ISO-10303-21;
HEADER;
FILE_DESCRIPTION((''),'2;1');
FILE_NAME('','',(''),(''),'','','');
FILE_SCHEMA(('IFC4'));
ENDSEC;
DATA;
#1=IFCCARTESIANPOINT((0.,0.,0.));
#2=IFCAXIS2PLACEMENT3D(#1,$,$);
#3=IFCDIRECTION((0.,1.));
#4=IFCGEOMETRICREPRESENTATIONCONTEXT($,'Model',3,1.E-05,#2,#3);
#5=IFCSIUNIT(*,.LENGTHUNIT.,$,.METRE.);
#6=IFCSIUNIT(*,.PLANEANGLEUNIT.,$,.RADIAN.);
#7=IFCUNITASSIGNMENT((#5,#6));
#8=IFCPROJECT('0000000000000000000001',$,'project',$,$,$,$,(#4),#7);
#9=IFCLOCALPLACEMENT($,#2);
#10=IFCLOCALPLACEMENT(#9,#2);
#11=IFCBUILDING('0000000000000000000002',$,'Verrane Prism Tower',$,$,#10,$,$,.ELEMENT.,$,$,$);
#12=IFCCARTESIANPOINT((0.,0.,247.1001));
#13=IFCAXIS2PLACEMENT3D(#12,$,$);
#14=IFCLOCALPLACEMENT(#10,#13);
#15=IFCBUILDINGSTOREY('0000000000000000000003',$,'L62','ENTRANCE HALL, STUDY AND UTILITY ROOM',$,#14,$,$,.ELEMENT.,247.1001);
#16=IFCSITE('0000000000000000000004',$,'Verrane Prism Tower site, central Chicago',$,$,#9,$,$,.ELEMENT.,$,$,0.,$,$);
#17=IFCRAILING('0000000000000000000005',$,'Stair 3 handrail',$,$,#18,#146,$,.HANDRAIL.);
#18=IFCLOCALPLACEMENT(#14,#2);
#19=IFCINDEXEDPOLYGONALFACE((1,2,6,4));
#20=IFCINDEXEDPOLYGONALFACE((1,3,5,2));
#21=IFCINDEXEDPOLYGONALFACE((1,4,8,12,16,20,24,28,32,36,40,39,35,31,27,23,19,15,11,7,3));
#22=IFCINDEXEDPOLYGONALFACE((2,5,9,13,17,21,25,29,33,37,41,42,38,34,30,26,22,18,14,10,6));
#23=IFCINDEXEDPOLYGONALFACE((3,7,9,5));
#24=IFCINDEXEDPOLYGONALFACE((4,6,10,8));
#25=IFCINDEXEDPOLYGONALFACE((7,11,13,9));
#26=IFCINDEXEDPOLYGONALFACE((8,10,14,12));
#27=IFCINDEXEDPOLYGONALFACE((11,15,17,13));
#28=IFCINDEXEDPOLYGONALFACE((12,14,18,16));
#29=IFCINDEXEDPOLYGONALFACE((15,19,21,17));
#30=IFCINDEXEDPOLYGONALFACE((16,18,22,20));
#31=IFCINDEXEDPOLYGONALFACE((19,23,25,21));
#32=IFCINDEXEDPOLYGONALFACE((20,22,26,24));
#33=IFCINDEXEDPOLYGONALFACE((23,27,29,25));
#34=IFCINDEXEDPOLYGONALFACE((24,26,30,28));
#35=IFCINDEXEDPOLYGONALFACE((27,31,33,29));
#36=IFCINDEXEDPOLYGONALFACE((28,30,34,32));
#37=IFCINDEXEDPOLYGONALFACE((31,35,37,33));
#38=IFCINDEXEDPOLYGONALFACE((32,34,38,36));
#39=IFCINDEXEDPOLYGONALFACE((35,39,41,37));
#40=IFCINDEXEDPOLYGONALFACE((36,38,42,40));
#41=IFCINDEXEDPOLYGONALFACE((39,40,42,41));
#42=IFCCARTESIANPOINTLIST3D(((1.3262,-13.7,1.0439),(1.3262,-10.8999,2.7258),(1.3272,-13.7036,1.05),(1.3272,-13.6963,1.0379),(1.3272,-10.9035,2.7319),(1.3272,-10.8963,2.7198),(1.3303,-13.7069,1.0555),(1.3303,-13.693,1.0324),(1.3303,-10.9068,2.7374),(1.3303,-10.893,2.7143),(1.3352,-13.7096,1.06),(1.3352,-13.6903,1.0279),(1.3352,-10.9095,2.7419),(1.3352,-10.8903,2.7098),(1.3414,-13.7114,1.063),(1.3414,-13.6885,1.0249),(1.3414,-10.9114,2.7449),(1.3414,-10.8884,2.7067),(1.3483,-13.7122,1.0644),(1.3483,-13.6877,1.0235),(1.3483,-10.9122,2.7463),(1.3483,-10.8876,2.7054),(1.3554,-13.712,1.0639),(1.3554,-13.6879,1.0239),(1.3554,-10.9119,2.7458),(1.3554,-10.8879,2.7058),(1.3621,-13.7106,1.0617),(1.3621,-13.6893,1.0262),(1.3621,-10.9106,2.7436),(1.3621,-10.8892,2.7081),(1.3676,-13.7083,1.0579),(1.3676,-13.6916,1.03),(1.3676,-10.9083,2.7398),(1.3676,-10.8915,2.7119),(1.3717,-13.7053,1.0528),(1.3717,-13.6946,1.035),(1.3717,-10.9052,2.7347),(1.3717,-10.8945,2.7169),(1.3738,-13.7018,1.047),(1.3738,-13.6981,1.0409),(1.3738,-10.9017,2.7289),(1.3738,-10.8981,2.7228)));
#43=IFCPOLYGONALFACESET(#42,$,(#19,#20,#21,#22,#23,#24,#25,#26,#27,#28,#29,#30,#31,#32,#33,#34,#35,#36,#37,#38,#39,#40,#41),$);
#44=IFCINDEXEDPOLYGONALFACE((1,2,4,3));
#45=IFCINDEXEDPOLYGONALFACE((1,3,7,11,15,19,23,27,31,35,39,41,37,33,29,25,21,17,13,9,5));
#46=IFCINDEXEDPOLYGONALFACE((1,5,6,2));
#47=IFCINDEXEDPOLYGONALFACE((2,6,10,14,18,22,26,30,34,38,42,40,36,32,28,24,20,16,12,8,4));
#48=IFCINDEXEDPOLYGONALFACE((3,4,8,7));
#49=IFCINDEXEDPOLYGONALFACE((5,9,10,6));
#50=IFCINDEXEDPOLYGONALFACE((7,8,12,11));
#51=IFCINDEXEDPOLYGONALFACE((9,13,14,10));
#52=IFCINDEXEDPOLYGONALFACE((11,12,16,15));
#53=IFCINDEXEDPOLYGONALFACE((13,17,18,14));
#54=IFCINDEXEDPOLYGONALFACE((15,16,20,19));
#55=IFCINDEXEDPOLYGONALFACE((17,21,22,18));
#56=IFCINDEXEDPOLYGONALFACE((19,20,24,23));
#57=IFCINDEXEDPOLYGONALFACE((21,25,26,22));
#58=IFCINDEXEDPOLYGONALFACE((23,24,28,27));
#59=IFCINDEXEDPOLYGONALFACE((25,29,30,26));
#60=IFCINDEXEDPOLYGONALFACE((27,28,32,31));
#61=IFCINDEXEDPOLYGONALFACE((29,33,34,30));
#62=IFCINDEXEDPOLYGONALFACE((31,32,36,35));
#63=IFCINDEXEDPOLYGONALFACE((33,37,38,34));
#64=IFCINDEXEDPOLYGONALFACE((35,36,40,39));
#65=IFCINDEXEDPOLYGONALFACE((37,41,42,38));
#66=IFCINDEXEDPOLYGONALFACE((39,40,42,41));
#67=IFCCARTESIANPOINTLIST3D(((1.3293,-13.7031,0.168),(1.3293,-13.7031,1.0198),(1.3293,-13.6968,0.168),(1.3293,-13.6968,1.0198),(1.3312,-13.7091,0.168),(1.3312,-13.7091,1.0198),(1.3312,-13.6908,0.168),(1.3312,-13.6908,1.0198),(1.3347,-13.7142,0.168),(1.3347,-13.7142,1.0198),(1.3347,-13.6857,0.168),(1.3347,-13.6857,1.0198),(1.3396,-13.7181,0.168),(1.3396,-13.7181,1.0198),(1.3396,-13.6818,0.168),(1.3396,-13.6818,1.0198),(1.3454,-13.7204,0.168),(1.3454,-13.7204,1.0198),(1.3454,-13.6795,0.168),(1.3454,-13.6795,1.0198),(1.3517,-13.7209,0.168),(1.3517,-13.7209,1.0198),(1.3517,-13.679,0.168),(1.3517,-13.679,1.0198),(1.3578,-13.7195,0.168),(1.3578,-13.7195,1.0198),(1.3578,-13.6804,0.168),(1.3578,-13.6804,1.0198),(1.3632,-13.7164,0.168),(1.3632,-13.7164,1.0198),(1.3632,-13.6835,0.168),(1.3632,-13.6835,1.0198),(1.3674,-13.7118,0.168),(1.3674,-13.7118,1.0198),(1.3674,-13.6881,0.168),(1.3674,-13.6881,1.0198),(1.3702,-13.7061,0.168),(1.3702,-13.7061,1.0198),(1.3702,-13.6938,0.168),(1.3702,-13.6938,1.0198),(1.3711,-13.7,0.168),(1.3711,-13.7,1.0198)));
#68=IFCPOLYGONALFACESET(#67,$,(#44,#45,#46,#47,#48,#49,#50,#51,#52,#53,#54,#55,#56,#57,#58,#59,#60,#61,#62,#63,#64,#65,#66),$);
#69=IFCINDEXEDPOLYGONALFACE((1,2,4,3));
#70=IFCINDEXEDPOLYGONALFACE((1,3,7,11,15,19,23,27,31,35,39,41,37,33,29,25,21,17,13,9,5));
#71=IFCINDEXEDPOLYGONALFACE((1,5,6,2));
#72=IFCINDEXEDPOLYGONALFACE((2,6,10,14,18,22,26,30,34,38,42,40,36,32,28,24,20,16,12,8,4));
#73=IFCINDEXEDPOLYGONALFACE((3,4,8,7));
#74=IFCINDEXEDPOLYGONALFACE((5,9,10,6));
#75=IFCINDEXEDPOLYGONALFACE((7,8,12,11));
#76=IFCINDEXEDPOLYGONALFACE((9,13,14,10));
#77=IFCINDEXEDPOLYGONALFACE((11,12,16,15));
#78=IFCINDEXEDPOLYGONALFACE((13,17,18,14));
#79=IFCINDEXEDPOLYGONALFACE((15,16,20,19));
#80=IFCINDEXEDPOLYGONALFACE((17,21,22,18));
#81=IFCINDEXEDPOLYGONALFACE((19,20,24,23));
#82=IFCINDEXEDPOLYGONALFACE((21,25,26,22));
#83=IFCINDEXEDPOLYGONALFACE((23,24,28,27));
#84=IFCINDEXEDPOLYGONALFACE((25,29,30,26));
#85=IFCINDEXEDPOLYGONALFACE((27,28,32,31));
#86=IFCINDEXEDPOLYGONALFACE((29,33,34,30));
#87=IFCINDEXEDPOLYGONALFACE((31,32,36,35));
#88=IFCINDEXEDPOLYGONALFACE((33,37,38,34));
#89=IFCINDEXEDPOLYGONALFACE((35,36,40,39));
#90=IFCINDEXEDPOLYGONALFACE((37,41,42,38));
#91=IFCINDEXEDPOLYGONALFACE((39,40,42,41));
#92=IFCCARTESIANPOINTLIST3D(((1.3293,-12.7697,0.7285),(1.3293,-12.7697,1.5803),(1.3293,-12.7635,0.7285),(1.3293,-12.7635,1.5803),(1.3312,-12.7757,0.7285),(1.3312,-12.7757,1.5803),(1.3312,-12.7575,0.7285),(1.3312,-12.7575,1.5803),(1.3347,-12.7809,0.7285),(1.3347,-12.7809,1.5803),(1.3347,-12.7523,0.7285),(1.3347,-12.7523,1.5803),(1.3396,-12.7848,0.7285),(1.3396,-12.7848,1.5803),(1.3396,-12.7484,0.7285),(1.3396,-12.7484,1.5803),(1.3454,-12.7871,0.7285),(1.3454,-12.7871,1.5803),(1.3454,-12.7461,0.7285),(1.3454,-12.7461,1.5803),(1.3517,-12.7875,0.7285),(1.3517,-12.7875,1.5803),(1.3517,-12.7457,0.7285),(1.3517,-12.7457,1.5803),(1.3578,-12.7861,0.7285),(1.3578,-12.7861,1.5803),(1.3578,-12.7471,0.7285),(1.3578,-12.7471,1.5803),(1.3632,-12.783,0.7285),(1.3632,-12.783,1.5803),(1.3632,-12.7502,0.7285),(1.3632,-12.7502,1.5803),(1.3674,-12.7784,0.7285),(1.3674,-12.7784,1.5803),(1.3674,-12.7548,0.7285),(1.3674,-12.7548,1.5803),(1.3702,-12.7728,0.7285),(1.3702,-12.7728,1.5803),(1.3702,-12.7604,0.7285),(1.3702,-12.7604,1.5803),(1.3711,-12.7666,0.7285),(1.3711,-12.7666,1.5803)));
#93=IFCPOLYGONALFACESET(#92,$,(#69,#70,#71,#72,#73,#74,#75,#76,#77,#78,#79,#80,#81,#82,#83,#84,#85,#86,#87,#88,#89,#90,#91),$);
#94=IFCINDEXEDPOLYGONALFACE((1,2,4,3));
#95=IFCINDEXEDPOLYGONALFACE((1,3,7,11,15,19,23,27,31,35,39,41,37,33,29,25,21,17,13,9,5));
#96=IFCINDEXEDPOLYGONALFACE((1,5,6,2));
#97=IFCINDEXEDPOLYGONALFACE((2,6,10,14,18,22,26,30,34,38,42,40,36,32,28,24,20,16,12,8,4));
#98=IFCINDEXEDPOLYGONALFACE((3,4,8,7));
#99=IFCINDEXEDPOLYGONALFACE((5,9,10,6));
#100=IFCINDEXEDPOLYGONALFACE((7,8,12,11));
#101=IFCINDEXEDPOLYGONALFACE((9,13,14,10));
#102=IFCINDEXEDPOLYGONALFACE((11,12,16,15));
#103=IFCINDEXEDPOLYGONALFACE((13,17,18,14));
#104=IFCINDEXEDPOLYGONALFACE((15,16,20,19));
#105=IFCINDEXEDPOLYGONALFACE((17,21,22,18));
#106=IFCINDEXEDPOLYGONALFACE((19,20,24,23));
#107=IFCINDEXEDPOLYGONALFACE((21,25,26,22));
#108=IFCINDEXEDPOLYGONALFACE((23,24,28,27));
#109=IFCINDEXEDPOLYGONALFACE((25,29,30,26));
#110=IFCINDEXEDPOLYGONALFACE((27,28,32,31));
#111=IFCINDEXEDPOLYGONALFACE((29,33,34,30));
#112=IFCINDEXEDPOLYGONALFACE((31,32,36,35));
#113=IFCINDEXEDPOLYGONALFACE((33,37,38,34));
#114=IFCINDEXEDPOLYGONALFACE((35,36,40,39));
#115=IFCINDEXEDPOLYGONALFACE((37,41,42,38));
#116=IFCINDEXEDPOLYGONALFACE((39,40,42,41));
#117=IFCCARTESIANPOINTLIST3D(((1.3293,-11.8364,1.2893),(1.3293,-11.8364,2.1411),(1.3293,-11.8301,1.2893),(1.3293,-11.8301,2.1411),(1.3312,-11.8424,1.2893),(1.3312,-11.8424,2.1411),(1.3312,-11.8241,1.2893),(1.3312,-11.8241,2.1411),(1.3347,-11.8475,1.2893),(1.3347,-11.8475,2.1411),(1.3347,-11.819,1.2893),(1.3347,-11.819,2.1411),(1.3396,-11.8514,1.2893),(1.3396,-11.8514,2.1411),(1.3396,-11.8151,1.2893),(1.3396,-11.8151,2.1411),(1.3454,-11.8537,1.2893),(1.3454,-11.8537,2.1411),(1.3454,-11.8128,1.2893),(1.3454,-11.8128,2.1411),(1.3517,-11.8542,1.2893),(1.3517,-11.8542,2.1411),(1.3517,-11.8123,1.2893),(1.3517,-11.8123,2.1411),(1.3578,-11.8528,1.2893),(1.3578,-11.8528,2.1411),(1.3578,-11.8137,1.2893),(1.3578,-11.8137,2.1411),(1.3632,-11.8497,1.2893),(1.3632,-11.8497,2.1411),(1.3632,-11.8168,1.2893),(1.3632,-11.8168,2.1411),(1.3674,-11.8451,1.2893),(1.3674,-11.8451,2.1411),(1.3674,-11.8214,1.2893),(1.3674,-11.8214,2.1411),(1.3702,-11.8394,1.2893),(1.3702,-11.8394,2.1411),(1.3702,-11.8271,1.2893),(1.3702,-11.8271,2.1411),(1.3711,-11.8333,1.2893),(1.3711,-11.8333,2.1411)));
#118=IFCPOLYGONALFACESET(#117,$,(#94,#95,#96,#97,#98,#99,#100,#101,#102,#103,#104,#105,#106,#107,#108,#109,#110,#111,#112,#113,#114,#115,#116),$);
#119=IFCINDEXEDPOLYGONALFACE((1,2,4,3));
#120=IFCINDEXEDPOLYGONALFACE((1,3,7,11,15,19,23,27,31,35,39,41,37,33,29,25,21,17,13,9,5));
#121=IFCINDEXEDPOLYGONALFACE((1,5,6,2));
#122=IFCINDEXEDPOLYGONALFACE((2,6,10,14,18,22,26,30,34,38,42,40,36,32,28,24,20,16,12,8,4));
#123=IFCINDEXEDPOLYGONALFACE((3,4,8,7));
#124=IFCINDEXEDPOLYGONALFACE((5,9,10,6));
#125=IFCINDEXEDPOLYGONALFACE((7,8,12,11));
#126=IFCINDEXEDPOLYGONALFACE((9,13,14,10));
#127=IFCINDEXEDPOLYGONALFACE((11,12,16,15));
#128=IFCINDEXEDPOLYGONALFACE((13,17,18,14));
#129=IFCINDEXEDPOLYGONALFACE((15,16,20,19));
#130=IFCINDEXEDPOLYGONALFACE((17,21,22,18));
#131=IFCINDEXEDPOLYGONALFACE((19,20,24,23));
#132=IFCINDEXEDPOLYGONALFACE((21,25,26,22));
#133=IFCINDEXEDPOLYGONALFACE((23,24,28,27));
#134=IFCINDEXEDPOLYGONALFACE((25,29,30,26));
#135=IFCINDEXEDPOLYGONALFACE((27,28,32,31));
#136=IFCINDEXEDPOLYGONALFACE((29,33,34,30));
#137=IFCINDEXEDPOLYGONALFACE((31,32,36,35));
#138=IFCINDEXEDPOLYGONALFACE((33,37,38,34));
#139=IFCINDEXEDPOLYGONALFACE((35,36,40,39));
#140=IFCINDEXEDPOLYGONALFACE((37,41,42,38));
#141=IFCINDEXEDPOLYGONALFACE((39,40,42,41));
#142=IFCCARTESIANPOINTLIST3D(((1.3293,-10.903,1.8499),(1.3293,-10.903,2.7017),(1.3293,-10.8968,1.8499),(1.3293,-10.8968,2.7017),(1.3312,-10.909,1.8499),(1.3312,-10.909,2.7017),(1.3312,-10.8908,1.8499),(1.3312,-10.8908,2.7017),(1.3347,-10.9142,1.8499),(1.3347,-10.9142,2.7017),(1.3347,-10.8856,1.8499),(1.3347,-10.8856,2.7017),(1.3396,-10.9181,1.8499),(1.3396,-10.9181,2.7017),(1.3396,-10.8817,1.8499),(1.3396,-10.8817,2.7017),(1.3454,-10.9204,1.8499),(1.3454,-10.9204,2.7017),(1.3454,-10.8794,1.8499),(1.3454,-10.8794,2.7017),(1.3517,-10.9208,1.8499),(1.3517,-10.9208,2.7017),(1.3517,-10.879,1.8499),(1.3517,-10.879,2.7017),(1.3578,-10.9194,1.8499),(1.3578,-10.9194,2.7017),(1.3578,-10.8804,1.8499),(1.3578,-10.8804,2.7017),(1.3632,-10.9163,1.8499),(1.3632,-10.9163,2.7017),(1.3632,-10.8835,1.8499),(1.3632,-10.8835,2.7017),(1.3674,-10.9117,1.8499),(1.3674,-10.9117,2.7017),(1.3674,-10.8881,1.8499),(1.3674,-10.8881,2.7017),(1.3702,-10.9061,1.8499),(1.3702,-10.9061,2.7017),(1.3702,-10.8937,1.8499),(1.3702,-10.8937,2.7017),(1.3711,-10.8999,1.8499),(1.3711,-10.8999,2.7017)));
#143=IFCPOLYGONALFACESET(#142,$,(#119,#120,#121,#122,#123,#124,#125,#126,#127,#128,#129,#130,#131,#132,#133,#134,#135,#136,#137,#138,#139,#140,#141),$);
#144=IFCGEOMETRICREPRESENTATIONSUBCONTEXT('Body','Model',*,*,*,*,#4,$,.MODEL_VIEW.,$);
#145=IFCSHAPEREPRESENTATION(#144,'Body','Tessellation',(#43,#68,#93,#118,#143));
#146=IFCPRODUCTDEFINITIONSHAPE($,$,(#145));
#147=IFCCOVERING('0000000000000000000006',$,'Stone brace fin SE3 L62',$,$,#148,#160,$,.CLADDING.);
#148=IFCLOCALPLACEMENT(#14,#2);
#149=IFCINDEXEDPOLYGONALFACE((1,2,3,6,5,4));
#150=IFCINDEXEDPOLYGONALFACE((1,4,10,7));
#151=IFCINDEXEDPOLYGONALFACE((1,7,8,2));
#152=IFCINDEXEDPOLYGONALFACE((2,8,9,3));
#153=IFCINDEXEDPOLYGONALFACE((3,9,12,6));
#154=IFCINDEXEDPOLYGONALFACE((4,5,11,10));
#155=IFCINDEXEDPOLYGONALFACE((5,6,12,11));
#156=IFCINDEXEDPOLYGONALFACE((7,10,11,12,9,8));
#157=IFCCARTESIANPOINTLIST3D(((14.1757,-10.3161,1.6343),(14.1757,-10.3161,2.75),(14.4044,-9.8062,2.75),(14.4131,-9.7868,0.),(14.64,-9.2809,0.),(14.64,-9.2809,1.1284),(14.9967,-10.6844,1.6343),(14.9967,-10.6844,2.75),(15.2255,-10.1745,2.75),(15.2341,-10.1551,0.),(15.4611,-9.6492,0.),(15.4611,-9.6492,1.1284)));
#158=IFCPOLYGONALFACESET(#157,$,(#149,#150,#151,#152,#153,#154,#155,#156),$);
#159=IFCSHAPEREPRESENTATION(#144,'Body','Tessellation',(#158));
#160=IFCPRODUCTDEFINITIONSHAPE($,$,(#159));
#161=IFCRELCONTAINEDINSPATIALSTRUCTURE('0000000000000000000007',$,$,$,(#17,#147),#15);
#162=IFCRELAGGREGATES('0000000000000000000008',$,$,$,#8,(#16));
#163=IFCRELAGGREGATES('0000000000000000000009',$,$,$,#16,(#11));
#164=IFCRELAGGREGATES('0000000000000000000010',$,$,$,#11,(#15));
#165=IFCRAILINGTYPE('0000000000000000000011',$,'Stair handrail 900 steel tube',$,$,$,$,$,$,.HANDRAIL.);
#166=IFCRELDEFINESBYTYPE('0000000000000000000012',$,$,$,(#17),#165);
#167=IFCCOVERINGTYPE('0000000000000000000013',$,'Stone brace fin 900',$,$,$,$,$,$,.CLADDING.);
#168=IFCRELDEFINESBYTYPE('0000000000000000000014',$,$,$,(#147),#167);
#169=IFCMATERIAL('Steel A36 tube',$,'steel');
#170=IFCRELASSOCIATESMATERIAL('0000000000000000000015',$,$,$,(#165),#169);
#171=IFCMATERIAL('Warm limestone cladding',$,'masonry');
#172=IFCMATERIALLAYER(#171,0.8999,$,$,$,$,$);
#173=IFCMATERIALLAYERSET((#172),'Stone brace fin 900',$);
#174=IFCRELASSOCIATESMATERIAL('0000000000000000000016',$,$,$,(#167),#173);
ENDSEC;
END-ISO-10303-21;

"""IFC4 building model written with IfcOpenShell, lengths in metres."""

from ifc_helpers import new_model, si_unit, direction, frame, origin, origin_2d, place, context, subcontext, project, spatial, polyline, circle, outline, extrude, material, layer, layer_set, type_object, element, save


model = new_model("IFC4")

# Units and contexts
model_context = context("Model", 3, precision=1e-05, world=origin(), true_north=direction((0.0, 1.0)))
body_context = subcontext(model_context, "Body", "Model", "MODEL_VIEW")
ifc_project = project(units=[si_unit("LENGTHUNIT", "METRE"), si_unit("PLANEANGLEUNIT", "RADIAN")], contexts=[model_context])

# Site, building, storey
site_placement = place(None, origin())
site = spatial("IfcSite", under=ifc_project, at=site_placement, Name="Verrane Prism Tower site, central Chicago", CompositionType="ELEMENT", RefElevation=0.0)
building_placement = place(site_placement, origin())
building = spatial("IfcBuilding", under=site, at=building_placement, Name="Verrane Prism Tower", CompositionType="ELEMENT")
storey_placement = place(building_placement, frame((0.0, 0.0, 247.1001)))
storey = spatial("IfcBuildingStorey", under=building, at=storey_placement, Name="L62", Description="ENTRANCE HALL, STUDY AND UTILITY ROOM", CompositionType="ELEMENT", Elevation=247.1001)

# Railing
ifc_material_1 = material(Name="Steel A36 tube", Category="steel")
railing_type_1 = type_object("IfcRailingType", Name="Stair handrail 900 steel tube", PredefinedType="HANDRAIL", material=ifc_material_1)
railing_1_placement = place(storey_placement, frame((1.3501, -13.7, 0.168)))
element("IfcRailing", 1, at=railing_1_placement, inside=storey, type_object=railing_type_1, Name="Stair 3 handrail", PredefinedType="HANDRAIL", context=body_context, shape_type="SweptSolid", body=[
    extrude(circle(Radius=0.0239, at=origin_2d()), frame((0.0, 0.0, 0.876), z_axis=(0.0, 0.857242, 0.514913), x_axis=(-1.0, 0.0, 0.0)), (0.0, 0.0, 1.0), 3.2664),
    extrude(circle(Radius=0.021, at=origin_2d()), origin(), (0.0, 0.0, 1.0), 0.8518),
    extrude(circle(Radius=0.021, at=origin_2d()), frame((0.0, 0.9333, 0.5605)), (0.0, 0.0, 1.0), 0.8518),
    extrude(circle(Radius=0.021, at=origin_2d()), frame((0.0, 1.8667, 1.1213)), (0.0, 0.0, 1.0), 0.8518),
    extrude(circle(Radius=0.021, at=origin_2d()), frame((0.0, 2.8, 1.6819)), (0.0, 0.0, 1.0), 0.8518),
])

# Covering
ifc_material_2 = material(Name="Warm limestone cladding", Category="masonry")
ifc_layer_1 = layer(ifc_material_2, 0.8999)
ifc_layer_set_1 = layer_set([ifc_layer_1], Name="Stone brace fin 900")
covering_type = type_object("IfcCoveringType", Name="Stone brace fin 900", PredefinedType="CLADDING", material=ifc_layer_set_1)
covering_placement = place(storey_placement, frame((15.0505, -9.4651, 0.0), z_axis=(0.0, 0.0, 1.0), x_axis=(-0.409291, -0.912404, 0.0)))
element("IfcCovering", 2, at=covering_placement, inside=storey, type_object=covering_type, Name="Stone brace fin SE3 L62", PredefinedType="CLADDING", context=body_context, shape_type="SweptSolid", body=[
    extrude(outline(polyline([(1.1345, 2.75), (0.5757, 2.75), (0.0, 1.1284), (0.0, 0.0), (0.5544, 0.0), (1.1345, 1.6343), (1.1345, 2.75)])), frame((0.0, 0.45, 0.0), z_axis=(0.0, -1.0, 0.0), x_axis=(1.0, 0.0, 0.0)), (0.0, 0.0, 1.0), 0.8999),
])

save(model, "model.ifc")
